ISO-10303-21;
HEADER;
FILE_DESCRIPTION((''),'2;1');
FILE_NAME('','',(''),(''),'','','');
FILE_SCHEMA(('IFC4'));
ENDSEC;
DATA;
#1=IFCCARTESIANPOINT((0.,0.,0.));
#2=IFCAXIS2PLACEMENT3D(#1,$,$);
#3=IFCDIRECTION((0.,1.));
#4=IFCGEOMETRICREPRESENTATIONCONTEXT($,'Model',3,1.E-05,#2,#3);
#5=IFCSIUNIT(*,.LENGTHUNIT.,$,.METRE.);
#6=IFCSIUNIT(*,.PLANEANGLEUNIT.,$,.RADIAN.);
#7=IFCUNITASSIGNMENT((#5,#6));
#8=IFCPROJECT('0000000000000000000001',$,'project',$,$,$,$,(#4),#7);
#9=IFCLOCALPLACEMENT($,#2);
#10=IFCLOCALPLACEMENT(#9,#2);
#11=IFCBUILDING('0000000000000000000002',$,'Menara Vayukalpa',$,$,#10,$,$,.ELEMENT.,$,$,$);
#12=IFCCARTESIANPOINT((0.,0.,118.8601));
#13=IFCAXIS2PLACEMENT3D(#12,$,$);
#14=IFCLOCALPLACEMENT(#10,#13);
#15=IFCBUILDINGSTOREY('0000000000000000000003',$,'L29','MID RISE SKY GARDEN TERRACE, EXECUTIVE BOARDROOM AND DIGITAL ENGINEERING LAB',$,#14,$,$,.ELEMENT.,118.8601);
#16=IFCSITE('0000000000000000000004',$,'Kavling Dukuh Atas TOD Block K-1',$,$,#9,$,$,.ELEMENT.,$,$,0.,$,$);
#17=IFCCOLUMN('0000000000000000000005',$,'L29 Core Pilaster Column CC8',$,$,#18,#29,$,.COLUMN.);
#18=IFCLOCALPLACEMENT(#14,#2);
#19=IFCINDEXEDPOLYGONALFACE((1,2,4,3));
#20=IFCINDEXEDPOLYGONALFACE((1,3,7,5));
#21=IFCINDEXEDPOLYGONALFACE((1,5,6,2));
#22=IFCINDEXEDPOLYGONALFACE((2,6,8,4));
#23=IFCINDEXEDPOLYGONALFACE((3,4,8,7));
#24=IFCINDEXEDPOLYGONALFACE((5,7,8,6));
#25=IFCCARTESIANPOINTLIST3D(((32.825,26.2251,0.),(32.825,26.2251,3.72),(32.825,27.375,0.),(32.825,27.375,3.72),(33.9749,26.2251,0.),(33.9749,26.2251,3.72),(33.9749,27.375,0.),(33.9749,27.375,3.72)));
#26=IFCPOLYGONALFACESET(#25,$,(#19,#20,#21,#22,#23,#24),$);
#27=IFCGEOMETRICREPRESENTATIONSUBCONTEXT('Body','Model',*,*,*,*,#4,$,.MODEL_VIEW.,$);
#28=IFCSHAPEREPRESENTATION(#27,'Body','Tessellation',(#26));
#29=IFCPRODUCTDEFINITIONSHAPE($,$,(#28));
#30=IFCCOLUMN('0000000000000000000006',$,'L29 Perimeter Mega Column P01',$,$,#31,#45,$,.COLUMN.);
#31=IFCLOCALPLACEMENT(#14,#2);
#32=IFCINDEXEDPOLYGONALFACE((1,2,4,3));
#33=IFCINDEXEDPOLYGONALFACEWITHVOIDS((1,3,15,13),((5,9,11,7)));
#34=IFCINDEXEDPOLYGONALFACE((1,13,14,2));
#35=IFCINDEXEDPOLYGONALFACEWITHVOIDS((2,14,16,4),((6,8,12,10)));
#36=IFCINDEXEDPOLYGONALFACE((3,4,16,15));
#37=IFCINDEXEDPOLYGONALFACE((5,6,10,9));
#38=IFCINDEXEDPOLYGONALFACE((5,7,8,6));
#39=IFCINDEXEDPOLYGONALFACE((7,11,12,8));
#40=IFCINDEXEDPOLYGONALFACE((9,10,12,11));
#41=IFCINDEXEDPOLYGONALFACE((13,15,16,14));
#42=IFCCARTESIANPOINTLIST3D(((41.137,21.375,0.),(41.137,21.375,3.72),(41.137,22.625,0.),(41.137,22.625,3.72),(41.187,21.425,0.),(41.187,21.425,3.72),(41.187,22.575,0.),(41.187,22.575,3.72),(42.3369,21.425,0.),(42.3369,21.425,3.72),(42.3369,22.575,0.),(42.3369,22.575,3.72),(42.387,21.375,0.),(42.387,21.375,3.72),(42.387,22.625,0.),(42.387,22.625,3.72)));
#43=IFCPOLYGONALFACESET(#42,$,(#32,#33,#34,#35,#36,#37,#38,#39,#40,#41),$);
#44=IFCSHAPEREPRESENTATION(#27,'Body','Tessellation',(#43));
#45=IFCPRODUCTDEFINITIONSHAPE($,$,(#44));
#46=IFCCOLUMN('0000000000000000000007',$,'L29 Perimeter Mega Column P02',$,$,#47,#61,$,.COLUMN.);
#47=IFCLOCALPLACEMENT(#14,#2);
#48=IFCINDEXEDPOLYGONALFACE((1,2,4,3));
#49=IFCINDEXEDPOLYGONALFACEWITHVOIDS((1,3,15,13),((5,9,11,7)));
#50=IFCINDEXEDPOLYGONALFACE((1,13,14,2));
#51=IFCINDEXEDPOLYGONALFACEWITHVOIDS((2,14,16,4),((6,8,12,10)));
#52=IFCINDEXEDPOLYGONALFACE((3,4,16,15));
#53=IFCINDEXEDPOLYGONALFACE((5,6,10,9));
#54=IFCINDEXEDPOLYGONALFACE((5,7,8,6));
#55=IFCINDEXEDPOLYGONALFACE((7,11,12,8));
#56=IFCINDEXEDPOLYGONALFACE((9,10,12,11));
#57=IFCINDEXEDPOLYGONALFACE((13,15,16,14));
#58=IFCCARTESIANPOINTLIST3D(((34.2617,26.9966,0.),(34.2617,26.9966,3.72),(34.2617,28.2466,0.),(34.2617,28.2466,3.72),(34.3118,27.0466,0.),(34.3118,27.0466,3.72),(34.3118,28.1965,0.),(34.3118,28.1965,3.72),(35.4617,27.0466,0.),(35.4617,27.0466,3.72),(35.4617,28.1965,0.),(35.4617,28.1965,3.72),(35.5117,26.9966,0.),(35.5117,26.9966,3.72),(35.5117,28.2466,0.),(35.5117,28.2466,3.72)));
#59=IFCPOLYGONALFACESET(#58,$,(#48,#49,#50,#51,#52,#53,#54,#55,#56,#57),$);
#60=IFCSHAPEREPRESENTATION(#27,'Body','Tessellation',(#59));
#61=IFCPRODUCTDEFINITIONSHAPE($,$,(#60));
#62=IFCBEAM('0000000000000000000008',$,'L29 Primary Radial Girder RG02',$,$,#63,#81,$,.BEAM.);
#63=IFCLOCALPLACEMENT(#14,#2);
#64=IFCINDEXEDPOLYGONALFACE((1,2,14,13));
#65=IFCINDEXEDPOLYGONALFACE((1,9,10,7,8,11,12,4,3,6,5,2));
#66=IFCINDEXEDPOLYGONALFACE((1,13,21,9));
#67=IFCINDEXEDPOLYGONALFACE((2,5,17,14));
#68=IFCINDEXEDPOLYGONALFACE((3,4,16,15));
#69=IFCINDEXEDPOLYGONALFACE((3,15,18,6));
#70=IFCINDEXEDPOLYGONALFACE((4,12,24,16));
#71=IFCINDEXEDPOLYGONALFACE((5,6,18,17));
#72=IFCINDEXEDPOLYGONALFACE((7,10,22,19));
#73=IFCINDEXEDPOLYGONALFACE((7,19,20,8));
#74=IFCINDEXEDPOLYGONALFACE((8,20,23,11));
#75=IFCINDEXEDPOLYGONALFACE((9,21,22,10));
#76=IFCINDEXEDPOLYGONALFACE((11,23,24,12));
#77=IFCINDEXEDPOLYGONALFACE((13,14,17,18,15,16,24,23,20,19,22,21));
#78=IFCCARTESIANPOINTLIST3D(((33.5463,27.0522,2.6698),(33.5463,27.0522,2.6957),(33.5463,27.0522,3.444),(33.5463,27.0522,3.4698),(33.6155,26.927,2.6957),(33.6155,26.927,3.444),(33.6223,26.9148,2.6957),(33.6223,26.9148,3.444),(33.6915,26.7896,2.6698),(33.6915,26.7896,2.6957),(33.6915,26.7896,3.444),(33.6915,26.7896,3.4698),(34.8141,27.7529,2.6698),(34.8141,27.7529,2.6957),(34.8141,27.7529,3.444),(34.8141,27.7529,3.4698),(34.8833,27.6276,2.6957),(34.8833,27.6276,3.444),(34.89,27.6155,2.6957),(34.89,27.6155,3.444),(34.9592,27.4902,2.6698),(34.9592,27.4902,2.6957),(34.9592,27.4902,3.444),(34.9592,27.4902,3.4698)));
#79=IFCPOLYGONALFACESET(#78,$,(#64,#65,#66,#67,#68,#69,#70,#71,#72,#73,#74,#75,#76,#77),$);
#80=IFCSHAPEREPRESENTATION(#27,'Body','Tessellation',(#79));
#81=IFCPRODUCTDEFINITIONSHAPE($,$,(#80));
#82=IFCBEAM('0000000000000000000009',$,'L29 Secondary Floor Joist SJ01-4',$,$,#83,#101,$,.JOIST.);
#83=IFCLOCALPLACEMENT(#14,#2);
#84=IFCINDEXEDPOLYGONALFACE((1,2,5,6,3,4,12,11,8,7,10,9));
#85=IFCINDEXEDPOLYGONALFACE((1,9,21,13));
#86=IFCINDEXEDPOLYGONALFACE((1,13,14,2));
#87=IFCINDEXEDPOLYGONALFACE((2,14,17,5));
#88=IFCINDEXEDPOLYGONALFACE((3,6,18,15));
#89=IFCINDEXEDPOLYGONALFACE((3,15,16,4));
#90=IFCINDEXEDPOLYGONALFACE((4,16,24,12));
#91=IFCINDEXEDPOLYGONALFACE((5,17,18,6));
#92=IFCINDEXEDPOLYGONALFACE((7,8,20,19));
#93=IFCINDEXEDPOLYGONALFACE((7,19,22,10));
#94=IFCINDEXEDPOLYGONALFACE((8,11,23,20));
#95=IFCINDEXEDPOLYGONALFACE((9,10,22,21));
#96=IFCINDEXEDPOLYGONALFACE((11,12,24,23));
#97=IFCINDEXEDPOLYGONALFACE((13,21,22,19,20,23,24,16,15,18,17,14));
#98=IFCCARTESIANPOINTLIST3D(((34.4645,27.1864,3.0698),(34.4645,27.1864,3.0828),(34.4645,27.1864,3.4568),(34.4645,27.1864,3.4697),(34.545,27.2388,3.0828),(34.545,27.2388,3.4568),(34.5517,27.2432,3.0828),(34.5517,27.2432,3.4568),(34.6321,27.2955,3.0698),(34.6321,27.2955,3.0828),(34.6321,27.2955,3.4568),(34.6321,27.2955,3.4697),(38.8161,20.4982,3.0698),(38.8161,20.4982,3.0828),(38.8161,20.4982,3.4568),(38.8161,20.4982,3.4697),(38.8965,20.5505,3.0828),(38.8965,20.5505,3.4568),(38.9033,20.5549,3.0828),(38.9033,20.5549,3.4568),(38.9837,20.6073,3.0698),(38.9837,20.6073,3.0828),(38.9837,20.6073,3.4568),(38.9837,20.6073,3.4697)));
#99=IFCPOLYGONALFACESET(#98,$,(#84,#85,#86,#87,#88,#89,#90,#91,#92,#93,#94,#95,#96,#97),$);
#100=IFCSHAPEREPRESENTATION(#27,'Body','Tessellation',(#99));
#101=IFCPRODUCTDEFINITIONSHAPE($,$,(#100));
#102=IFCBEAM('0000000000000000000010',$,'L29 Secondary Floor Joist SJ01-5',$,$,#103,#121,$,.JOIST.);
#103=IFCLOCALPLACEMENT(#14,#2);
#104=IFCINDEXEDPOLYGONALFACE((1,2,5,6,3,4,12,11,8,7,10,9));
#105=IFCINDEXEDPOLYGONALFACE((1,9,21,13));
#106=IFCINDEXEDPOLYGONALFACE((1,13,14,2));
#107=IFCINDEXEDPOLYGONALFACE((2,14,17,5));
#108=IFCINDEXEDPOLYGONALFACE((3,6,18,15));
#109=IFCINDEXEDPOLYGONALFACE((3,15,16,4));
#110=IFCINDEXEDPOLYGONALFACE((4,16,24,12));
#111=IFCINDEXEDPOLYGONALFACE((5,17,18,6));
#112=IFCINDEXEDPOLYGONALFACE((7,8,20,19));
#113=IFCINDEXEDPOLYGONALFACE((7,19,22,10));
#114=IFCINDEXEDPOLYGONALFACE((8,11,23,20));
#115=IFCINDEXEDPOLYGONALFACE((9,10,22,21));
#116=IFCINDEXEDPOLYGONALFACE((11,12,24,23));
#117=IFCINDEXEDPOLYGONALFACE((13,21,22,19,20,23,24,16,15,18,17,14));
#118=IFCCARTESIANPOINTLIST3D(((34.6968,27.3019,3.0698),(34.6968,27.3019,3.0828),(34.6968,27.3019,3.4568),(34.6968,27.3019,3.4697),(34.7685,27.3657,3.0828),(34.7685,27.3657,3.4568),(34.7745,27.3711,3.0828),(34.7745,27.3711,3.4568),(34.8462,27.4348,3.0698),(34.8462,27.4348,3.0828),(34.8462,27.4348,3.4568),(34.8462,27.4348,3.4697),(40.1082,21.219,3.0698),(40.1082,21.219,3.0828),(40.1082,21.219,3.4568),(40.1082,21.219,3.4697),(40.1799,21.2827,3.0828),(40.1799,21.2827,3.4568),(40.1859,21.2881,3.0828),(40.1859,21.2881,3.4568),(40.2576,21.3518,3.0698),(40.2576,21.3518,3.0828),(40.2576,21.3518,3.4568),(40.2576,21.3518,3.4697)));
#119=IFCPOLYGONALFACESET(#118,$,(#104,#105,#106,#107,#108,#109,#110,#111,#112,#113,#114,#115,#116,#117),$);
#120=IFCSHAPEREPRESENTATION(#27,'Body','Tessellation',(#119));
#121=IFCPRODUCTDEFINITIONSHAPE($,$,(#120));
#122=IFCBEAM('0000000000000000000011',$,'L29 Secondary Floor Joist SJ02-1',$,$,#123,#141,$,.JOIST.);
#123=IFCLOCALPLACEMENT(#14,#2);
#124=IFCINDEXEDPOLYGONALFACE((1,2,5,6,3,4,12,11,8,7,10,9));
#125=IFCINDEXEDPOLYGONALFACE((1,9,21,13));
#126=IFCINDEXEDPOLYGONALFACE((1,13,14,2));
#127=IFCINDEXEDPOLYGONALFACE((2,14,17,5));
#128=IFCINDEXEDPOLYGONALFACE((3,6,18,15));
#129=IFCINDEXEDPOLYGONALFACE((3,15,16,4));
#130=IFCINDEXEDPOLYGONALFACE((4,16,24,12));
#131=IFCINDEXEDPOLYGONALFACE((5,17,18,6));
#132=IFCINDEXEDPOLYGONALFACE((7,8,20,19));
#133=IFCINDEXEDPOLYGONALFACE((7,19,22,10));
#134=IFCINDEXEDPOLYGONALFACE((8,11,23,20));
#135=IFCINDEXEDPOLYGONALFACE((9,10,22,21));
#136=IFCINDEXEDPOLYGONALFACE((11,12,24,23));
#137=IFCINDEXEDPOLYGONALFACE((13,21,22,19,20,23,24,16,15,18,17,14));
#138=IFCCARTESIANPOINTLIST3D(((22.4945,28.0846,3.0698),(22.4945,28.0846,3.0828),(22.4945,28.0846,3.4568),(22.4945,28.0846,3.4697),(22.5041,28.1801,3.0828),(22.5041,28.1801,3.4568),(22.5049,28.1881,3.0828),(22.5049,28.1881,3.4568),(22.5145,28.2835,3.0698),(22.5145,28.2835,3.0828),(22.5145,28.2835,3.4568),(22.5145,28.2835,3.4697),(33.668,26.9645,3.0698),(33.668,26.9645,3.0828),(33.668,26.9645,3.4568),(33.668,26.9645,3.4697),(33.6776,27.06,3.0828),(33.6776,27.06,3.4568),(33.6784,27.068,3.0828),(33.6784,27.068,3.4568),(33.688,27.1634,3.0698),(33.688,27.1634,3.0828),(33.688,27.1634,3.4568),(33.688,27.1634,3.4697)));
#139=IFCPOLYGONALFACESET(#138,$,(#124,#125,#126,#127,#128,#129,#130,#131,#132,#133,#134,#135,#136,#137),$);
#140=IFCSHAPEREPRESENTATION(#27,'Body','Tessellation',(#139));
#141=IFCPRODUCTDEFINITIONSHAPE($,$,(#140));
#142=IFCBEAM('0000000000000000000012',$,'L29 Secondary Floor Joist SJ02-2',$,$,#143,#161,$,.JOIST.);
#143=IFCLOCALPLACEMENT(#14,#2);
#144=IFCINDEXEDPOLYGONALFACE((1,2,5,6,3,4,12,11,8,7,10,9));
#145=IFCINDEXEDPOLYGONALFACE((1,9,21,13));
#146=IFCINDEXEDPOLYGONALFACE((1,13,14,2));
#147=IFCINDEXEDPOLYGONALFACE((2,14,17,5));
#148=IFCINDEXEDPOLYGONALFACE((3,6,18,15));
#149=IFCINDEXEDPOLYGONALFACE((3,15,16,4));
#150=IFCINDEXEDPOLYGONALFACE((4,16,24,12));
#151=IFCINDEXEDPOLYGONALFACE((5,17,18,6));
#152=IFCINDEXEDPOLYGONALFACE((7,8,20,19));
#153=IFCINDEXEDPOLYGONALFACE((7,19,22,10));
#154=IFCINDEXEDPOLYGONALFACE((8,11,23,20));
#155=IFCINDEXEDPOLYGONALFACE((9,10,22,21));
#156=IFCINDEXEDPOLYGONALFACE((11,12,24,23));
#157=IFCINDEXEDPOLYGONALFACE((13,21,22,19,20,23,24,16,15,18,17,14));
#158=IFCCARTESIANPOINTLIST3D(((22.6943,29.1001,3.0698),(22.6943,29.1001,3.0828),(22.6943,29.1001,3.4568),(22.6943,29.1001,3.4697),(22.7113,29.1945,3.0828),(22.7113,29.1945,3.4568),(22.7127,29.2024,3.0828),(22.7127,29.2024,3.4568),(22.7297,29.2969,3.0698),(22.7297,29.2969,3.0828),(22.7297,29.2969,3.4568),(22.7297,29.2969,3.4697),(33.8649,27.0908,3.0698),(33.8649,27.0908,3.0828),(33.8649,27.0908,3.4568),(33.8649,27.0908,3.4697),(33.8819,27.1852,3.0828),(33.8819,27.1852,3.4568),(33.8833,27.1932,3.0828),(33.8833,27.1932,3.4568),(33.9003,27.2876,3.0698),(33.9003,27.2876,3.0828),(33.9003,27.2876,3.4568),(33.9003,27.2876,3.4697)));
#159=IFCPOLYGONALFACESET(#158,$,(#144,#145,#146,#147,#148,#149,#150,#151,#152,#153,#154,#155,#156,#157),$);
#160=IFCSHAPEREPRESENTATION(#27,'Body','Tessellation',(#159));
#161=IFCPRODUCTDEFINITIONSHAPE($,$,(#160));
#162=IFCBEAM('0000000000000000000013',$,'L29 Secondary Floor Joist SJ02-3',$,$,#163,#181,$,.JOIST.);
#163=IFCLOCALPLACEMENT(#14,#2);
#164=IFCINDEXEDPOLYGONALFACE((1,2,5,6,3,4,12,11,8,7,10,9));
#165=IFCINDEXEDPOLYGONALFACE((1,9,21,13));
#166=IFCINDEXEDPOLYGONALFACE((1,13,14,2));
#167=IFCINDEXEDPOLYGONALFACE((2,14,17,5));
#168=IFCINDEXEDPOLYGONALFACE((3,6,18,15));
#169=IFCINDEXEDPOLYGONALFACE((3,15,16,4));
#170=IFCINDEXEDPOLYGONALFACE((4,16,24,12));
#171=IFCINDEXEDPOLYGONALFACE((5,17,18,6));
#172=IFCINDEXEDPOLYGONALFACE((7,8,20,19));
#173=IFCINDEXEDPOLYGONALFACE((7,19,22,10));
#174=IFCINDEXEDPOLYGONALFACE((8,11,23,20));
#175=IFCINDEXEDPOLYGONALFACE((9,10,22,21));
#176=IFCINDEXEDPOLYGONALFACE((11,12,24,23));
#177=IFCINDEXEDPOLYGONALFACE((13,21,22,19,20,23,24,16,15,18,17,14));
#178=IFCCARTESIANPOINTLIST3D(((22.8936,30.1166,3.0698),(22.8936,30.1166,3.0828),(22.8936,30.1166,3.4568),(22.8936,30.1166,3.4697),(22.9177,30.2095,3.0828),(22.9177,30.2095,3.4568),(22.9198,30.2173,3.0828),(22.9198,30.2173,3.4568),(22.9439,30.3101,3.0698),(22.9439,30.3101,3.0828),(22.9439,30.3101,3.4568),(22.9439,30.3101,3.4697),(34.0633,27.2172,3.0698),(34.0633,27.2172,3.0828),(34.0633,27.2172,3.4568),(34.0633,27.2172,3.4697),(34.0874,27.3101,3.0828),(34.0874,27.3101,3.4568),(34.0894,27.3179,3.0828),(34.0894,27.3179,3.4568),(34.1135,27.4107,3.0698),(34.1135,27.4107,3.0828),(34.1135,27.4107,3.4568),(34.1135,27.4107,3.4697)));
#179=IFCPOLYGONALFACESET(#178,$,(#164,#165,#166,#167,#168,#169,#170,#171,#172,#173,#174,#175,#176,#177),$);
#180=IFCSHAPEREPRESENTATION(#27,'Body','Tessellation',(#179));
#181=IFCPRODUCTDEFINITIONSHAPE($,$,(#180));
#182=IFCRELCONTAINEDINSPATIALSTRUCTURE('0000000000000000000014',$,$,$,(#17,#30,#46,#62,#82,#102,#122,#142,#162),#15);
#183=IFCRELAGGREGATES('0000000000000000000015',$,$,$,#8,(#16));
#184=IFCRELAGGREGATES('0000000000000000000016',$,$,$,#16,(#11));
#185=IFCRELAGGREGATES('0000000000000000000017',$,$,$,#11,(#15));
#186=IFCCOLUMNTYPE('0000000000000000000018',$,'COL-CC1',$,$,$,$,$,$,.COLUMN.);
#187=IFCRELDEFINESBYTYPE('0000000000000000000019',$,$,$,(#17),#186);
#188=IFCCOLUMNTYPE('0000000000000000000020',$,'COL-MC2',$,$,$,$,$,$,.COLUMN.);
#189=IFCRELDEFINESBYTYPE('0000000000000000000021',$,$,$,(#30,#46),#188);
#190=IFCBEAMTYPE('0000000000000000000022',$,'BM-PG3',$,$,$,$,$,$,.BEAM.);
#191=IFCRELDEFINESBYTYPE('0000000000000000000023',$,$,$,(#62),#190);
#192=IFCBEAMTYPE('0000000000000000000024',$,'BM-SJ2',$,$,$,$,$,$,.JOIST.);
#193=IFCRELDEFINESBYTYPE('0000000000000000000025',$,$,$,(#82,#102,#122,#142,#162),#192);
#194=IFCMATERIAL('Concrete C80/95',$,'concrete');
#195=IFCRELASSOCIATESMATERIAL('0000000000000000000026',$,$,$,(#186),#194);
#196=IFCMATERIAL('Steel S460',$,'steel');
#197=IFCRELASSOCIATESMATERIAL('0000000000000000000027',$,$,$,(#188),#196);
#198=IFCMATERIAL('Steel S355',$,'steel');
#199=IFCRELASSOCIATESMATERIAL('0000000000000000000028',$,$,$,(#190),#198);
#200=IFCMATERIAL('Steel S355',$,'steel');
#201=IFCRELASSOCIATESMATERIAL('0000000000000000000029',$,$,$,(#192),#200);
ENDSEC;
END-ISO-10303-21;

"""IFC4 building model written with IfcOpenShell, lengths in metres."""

from ifc_helpers import new_model, si_unit, direction, frame, origin, origin_2d, place, context, subcontext, project, spatial, rectangle, hollow_rectangle, i_section, extrude, material, material_profile, profile_set, type_object, element, save


model = new_model("IFC4")

# Units and contexts
model_context = context("Model", 3, precision=1e-05, world=origin(), true_north=direction((0.0, 1.0)))
body_context = subcontext(model_context, "Body", "Model", "MODEL_VIEW")
ifc_project = project(units=[si_unit("LENGTHUNIT", "METRE"), si_unit("PLANEANGLEUNIT", "RADIAN")], contexts=[model_context])

# Site, building, storey
site_placement = place(None, origin())
site = spatial("IfcSite", under=ifc_project, at=site_placement, Name="Kavling Dukuh Atas TOD Block K-1", CompositionType="ELEMENT", RefElevation=0.0)
building_placement = place(site_placement, origin())
building = spatial("IfcBuilding", under=site, at=building_placement, Name="Menara Vayukalpa", CompositionType="ELEMENT")
storey_placement = place(building_placement, frame((0.0, 0.0, 118.8601)))
storey = spatial("IfcBuildingStorey", under=building, at=storey_placement, Name="L29", Description="MID RISE SKY GARDEN TERRACE, EXECUTIVE BOARDROOM AND DIGITAL ENGINEERING LAB", CompositionType="ELEMENT", Elevation=118.8601)

# Columns
ifc_material_1 = material(Name="Concrete C80/95", Category="concrete")
ifc_material_profile_1 = material_profile(ifc_material_1, rectangle(XDim=1.1499, YDim=1.1499, at=origin_2d()), Name="RC 1150x1150")
ifc_profile_set_1 = profile_set([ifc_material_profile_1], Name="Concrete C80/95")
column_type_1 = type_object("IfcColumnType", Name="COL-CC1", PredefinedType="COLUMN", material=ifc_profile_set_1)
column_placement = place(storey_placement, frame((33.3999, 26.8, 0.0), z_axis=(0.0, 0.0, 1.0), x_axis=(1.0, 0.0, 0.0)))
element("IfcColumn", 1, at=column_placement, inside=storey, type_object=column_type_1, Name="L29 Core Pilaster Column CC8", PredefinedType="COLUMN", context=body_context, shape_type="SweptSolid", body=[
    extrude(rectangle(XDim=1.1499, YDim=1.1499, at=origin_2d()), origin(), (0.0, 0.0, 1.0), 3.72),
])
ifc_material_2 = material(Name="Steel S460", Category="steel")
ifc_material_profile_2 = material_profile(ifc_material_2, hollow_rectangle(XDim=1.25, YDim=1.25, WallThickness=0.05, at=origin_2d()), Name="BOX 1250x1250x50")
ifc_profile_set_2 = profile_set([ifc_material_profile_2], Name="Steel S460")
column_type_2 = type_object("IfcColumnType", Name="COL-MC2", PredefinedType="COLUMN", material=ifc_profile_set_2)
for number, where, z_axis, x_axis, name in (
    (2, (41.762, 22.0, 0.0), (0.0, 0.0, 1.0), (1.0, 0.0, 0.0), "L29 Perimeter Mega Column P01"),
    (3, (34.8867, 27.6216, 0.0), (0.0, 0.0, 1.0), (1.0, 0.0, 0.0), "L29 Perimeter Mega Column P02"),
):
    element("IfcColumn", number, at=place(storey_placement, frame(where, z_axis=z_axis, x_axis=x_axis)), inside=storey, type_object=column_type_2, Name=name, PredefinedType="COLUMN", context=body_context, shape_type="SweptSolid", body=[
        extrude(hollow_rectangle(XDim=1.25, YDim=1.25, WallThickness=0.05, at=origin_2d()), origin(), (0.0, 0.0, 1.0), 3.72),
    ])

# Beams
ifc_material_3 = material(Name="Steel S355", Category="steel")
ifc_material_profile_3 = material_profile(ifc_material_3, i_section(OverallWidth=0.3, OverallDepth=0.8, WebThickness=0.0139, FlangeThickness=0.0259, at=origin_2d()), Name="WF 800x300x14x26")
ifc_profile_set_3 = profile_set([ifc_material_profile_3], Name="Steel S355")
beam_type_1 = type_object("IfcBeamType", Name="BM-PG3", PredefinedType="BEAM", material=ifc_profile_set_3)
beam_1_placement = place(storey_placement, frame((33.6189, 26.9209, 3.0698), z_axis=(0.875228, 0.48371, 0.0), x_axis=(-0.48371, 0.875228, 0.0)))
element("IfcBeam", 4, at=beam_1_placement, inside=storey, type_object=beam_type_1, Name="L29 Primary Radial Girder RG02", PredefinedType="BEAM", context=body_context, shape_type="SweptSolid", body=[
    extrude(i_section(OverallWidth=0.3, OverallDepth=0.8, WebThickness=0.0139, FlangeThickness=0.0259, at=origin_2d()), origin(), (0.0, 0.0, 1.0), 1.4485),
])
ifc_material_4 = material(Name="Steel S355", Category="steel")
ifc_material_profile_4 = material_profile(ifc_material_4, i_section(OverallWidth=0.2, OverallDepth=0.3999, WebThickness=0.0081, FlangeThickness=0.0129, at=origin_2d()), Name="WF 400x200x8x13")
ifc_profile_set_4 = profile_set([ifc_material_profile_4], Name="Steel S355")
beam_type_2 = type_object("IfcBeamType", Name="BM-SJ2", PredefinedType="JOIST", material=ifc_profile_set_4)
beam_2_placement = place(storey_placement, frame((38.8999, 20.5527, 3.2698), z_axis=(-0.545359, 0.838202, 0.0), x_axis=(-0.838202, -0.545359, 0.0)))
element("IfcBeam", 5, at=beam_2_placement, inside=storey, type_object=beam_type_2, Name="L29 Secondary Floor Joist SJ01-4", PredefinedType="JOIST", context=body_context, shape_type="SweptSolid", body=[
    extrude(i_section(OverallWidth=0.2, OverallDepth=0.3999, WebThickness=0.0081, FlangeThickness=0.0129, at=origin_2d()), origin(), (0.0, 0.0, 1.0), 7.9792),
])
beam_3_placement = place(storey_placement, frame((40.1829, 21.2854, 3.2698), z_axis=(-0.664656, 0.74715, 0.0), x_axis=(-0.74715, -0.664656, 0.0)))
element("IfcBeam", 6, at=beam_3_placement, inside=storey, type_object=beam_type_2, Name="L29 Secondary Floor Joist SJ01-5", PredefinedType="JOIST", context=body_context, shape_type="SweptSolid", body=[
    extrude(i_section(OverallWidth=0.2, OverallDepth=0.3999, WebThickness=0.0081, FlangeThickness=0.0129, at=origin_2d()), origin(), (0.0, 0.0, 1.0), 8.1416),
])
beam_4_placement = place(storey_placement, frame((33.678, 27.064, 3.2698), z_axis=(-0.995013, 0.099747, 0.0), x_axis=(-0.099747, -0.995013, 0.0)))
element("IfcBeam", 7, at=beam_4_placement, inside=storey, type_object=beam_type_2, Name="L29 Secondary Floor Joist SJ02-1", PredefinedType="JOIST", context=body_context, shape_type="SweptSolid", body=[
    extrude(i_section(OverallWidth=0.2, OverallDepth=0.3999, WebThickness=0.0081, FlangeThickness=0.0129, at=origin_2d()), origin(), (0.0, 0.0, 1.0), 11.2295),
])
beam_5_placement = place(storey_placement, frame((33.8826, 27.1892, 3.2698), z_axis=(-0.984205, 0.17703, 0.0), x_axis=(-0.17703, -0.984205, 0.0)))
element("IfcBeam", 8, at=beam_5_placement, inside=storey, type_object=beam_type_2, Name="L29 Secondary Floor Joist SJ02-2", PredefinedType="JOIST", context=body_context, shape_type="SweptSolid", body=[
    extrude(i_section(OverallWidth=0.2, OverallDepth=0.3999, WebThickness=0.0081, FlangeThickness=0.0129, at=origin_2d()), origin(), (0.0, 0.0, 1.0), 11.3499),
])
beam_6_placement = place(storey_placement, frame((34.0884, 27.314, 3.2698), z_axis=(-0.967922, 0.251252, 0.0), x_axis=(-0.251252, -0.967922, 0.0)))
element("IfcBeam", 9, at=beam_6_placement, inside=storey, type_object=beam_type_2, Name="L29 Secondary Floor Joist SJ02-3", PredefinedType="JOIST", context=body_context, shape_type="SweptSolid", body=[
    extrude(i_section(OverallWidth=0.2, OverallDepth=0.3999, WebThickness=0.0081, FlangeThickness=0.0129, at=origin_2d()), origin(), (0.0, 0.0, 1.0), 11.5398),
])

save(model, "model.ifc")
